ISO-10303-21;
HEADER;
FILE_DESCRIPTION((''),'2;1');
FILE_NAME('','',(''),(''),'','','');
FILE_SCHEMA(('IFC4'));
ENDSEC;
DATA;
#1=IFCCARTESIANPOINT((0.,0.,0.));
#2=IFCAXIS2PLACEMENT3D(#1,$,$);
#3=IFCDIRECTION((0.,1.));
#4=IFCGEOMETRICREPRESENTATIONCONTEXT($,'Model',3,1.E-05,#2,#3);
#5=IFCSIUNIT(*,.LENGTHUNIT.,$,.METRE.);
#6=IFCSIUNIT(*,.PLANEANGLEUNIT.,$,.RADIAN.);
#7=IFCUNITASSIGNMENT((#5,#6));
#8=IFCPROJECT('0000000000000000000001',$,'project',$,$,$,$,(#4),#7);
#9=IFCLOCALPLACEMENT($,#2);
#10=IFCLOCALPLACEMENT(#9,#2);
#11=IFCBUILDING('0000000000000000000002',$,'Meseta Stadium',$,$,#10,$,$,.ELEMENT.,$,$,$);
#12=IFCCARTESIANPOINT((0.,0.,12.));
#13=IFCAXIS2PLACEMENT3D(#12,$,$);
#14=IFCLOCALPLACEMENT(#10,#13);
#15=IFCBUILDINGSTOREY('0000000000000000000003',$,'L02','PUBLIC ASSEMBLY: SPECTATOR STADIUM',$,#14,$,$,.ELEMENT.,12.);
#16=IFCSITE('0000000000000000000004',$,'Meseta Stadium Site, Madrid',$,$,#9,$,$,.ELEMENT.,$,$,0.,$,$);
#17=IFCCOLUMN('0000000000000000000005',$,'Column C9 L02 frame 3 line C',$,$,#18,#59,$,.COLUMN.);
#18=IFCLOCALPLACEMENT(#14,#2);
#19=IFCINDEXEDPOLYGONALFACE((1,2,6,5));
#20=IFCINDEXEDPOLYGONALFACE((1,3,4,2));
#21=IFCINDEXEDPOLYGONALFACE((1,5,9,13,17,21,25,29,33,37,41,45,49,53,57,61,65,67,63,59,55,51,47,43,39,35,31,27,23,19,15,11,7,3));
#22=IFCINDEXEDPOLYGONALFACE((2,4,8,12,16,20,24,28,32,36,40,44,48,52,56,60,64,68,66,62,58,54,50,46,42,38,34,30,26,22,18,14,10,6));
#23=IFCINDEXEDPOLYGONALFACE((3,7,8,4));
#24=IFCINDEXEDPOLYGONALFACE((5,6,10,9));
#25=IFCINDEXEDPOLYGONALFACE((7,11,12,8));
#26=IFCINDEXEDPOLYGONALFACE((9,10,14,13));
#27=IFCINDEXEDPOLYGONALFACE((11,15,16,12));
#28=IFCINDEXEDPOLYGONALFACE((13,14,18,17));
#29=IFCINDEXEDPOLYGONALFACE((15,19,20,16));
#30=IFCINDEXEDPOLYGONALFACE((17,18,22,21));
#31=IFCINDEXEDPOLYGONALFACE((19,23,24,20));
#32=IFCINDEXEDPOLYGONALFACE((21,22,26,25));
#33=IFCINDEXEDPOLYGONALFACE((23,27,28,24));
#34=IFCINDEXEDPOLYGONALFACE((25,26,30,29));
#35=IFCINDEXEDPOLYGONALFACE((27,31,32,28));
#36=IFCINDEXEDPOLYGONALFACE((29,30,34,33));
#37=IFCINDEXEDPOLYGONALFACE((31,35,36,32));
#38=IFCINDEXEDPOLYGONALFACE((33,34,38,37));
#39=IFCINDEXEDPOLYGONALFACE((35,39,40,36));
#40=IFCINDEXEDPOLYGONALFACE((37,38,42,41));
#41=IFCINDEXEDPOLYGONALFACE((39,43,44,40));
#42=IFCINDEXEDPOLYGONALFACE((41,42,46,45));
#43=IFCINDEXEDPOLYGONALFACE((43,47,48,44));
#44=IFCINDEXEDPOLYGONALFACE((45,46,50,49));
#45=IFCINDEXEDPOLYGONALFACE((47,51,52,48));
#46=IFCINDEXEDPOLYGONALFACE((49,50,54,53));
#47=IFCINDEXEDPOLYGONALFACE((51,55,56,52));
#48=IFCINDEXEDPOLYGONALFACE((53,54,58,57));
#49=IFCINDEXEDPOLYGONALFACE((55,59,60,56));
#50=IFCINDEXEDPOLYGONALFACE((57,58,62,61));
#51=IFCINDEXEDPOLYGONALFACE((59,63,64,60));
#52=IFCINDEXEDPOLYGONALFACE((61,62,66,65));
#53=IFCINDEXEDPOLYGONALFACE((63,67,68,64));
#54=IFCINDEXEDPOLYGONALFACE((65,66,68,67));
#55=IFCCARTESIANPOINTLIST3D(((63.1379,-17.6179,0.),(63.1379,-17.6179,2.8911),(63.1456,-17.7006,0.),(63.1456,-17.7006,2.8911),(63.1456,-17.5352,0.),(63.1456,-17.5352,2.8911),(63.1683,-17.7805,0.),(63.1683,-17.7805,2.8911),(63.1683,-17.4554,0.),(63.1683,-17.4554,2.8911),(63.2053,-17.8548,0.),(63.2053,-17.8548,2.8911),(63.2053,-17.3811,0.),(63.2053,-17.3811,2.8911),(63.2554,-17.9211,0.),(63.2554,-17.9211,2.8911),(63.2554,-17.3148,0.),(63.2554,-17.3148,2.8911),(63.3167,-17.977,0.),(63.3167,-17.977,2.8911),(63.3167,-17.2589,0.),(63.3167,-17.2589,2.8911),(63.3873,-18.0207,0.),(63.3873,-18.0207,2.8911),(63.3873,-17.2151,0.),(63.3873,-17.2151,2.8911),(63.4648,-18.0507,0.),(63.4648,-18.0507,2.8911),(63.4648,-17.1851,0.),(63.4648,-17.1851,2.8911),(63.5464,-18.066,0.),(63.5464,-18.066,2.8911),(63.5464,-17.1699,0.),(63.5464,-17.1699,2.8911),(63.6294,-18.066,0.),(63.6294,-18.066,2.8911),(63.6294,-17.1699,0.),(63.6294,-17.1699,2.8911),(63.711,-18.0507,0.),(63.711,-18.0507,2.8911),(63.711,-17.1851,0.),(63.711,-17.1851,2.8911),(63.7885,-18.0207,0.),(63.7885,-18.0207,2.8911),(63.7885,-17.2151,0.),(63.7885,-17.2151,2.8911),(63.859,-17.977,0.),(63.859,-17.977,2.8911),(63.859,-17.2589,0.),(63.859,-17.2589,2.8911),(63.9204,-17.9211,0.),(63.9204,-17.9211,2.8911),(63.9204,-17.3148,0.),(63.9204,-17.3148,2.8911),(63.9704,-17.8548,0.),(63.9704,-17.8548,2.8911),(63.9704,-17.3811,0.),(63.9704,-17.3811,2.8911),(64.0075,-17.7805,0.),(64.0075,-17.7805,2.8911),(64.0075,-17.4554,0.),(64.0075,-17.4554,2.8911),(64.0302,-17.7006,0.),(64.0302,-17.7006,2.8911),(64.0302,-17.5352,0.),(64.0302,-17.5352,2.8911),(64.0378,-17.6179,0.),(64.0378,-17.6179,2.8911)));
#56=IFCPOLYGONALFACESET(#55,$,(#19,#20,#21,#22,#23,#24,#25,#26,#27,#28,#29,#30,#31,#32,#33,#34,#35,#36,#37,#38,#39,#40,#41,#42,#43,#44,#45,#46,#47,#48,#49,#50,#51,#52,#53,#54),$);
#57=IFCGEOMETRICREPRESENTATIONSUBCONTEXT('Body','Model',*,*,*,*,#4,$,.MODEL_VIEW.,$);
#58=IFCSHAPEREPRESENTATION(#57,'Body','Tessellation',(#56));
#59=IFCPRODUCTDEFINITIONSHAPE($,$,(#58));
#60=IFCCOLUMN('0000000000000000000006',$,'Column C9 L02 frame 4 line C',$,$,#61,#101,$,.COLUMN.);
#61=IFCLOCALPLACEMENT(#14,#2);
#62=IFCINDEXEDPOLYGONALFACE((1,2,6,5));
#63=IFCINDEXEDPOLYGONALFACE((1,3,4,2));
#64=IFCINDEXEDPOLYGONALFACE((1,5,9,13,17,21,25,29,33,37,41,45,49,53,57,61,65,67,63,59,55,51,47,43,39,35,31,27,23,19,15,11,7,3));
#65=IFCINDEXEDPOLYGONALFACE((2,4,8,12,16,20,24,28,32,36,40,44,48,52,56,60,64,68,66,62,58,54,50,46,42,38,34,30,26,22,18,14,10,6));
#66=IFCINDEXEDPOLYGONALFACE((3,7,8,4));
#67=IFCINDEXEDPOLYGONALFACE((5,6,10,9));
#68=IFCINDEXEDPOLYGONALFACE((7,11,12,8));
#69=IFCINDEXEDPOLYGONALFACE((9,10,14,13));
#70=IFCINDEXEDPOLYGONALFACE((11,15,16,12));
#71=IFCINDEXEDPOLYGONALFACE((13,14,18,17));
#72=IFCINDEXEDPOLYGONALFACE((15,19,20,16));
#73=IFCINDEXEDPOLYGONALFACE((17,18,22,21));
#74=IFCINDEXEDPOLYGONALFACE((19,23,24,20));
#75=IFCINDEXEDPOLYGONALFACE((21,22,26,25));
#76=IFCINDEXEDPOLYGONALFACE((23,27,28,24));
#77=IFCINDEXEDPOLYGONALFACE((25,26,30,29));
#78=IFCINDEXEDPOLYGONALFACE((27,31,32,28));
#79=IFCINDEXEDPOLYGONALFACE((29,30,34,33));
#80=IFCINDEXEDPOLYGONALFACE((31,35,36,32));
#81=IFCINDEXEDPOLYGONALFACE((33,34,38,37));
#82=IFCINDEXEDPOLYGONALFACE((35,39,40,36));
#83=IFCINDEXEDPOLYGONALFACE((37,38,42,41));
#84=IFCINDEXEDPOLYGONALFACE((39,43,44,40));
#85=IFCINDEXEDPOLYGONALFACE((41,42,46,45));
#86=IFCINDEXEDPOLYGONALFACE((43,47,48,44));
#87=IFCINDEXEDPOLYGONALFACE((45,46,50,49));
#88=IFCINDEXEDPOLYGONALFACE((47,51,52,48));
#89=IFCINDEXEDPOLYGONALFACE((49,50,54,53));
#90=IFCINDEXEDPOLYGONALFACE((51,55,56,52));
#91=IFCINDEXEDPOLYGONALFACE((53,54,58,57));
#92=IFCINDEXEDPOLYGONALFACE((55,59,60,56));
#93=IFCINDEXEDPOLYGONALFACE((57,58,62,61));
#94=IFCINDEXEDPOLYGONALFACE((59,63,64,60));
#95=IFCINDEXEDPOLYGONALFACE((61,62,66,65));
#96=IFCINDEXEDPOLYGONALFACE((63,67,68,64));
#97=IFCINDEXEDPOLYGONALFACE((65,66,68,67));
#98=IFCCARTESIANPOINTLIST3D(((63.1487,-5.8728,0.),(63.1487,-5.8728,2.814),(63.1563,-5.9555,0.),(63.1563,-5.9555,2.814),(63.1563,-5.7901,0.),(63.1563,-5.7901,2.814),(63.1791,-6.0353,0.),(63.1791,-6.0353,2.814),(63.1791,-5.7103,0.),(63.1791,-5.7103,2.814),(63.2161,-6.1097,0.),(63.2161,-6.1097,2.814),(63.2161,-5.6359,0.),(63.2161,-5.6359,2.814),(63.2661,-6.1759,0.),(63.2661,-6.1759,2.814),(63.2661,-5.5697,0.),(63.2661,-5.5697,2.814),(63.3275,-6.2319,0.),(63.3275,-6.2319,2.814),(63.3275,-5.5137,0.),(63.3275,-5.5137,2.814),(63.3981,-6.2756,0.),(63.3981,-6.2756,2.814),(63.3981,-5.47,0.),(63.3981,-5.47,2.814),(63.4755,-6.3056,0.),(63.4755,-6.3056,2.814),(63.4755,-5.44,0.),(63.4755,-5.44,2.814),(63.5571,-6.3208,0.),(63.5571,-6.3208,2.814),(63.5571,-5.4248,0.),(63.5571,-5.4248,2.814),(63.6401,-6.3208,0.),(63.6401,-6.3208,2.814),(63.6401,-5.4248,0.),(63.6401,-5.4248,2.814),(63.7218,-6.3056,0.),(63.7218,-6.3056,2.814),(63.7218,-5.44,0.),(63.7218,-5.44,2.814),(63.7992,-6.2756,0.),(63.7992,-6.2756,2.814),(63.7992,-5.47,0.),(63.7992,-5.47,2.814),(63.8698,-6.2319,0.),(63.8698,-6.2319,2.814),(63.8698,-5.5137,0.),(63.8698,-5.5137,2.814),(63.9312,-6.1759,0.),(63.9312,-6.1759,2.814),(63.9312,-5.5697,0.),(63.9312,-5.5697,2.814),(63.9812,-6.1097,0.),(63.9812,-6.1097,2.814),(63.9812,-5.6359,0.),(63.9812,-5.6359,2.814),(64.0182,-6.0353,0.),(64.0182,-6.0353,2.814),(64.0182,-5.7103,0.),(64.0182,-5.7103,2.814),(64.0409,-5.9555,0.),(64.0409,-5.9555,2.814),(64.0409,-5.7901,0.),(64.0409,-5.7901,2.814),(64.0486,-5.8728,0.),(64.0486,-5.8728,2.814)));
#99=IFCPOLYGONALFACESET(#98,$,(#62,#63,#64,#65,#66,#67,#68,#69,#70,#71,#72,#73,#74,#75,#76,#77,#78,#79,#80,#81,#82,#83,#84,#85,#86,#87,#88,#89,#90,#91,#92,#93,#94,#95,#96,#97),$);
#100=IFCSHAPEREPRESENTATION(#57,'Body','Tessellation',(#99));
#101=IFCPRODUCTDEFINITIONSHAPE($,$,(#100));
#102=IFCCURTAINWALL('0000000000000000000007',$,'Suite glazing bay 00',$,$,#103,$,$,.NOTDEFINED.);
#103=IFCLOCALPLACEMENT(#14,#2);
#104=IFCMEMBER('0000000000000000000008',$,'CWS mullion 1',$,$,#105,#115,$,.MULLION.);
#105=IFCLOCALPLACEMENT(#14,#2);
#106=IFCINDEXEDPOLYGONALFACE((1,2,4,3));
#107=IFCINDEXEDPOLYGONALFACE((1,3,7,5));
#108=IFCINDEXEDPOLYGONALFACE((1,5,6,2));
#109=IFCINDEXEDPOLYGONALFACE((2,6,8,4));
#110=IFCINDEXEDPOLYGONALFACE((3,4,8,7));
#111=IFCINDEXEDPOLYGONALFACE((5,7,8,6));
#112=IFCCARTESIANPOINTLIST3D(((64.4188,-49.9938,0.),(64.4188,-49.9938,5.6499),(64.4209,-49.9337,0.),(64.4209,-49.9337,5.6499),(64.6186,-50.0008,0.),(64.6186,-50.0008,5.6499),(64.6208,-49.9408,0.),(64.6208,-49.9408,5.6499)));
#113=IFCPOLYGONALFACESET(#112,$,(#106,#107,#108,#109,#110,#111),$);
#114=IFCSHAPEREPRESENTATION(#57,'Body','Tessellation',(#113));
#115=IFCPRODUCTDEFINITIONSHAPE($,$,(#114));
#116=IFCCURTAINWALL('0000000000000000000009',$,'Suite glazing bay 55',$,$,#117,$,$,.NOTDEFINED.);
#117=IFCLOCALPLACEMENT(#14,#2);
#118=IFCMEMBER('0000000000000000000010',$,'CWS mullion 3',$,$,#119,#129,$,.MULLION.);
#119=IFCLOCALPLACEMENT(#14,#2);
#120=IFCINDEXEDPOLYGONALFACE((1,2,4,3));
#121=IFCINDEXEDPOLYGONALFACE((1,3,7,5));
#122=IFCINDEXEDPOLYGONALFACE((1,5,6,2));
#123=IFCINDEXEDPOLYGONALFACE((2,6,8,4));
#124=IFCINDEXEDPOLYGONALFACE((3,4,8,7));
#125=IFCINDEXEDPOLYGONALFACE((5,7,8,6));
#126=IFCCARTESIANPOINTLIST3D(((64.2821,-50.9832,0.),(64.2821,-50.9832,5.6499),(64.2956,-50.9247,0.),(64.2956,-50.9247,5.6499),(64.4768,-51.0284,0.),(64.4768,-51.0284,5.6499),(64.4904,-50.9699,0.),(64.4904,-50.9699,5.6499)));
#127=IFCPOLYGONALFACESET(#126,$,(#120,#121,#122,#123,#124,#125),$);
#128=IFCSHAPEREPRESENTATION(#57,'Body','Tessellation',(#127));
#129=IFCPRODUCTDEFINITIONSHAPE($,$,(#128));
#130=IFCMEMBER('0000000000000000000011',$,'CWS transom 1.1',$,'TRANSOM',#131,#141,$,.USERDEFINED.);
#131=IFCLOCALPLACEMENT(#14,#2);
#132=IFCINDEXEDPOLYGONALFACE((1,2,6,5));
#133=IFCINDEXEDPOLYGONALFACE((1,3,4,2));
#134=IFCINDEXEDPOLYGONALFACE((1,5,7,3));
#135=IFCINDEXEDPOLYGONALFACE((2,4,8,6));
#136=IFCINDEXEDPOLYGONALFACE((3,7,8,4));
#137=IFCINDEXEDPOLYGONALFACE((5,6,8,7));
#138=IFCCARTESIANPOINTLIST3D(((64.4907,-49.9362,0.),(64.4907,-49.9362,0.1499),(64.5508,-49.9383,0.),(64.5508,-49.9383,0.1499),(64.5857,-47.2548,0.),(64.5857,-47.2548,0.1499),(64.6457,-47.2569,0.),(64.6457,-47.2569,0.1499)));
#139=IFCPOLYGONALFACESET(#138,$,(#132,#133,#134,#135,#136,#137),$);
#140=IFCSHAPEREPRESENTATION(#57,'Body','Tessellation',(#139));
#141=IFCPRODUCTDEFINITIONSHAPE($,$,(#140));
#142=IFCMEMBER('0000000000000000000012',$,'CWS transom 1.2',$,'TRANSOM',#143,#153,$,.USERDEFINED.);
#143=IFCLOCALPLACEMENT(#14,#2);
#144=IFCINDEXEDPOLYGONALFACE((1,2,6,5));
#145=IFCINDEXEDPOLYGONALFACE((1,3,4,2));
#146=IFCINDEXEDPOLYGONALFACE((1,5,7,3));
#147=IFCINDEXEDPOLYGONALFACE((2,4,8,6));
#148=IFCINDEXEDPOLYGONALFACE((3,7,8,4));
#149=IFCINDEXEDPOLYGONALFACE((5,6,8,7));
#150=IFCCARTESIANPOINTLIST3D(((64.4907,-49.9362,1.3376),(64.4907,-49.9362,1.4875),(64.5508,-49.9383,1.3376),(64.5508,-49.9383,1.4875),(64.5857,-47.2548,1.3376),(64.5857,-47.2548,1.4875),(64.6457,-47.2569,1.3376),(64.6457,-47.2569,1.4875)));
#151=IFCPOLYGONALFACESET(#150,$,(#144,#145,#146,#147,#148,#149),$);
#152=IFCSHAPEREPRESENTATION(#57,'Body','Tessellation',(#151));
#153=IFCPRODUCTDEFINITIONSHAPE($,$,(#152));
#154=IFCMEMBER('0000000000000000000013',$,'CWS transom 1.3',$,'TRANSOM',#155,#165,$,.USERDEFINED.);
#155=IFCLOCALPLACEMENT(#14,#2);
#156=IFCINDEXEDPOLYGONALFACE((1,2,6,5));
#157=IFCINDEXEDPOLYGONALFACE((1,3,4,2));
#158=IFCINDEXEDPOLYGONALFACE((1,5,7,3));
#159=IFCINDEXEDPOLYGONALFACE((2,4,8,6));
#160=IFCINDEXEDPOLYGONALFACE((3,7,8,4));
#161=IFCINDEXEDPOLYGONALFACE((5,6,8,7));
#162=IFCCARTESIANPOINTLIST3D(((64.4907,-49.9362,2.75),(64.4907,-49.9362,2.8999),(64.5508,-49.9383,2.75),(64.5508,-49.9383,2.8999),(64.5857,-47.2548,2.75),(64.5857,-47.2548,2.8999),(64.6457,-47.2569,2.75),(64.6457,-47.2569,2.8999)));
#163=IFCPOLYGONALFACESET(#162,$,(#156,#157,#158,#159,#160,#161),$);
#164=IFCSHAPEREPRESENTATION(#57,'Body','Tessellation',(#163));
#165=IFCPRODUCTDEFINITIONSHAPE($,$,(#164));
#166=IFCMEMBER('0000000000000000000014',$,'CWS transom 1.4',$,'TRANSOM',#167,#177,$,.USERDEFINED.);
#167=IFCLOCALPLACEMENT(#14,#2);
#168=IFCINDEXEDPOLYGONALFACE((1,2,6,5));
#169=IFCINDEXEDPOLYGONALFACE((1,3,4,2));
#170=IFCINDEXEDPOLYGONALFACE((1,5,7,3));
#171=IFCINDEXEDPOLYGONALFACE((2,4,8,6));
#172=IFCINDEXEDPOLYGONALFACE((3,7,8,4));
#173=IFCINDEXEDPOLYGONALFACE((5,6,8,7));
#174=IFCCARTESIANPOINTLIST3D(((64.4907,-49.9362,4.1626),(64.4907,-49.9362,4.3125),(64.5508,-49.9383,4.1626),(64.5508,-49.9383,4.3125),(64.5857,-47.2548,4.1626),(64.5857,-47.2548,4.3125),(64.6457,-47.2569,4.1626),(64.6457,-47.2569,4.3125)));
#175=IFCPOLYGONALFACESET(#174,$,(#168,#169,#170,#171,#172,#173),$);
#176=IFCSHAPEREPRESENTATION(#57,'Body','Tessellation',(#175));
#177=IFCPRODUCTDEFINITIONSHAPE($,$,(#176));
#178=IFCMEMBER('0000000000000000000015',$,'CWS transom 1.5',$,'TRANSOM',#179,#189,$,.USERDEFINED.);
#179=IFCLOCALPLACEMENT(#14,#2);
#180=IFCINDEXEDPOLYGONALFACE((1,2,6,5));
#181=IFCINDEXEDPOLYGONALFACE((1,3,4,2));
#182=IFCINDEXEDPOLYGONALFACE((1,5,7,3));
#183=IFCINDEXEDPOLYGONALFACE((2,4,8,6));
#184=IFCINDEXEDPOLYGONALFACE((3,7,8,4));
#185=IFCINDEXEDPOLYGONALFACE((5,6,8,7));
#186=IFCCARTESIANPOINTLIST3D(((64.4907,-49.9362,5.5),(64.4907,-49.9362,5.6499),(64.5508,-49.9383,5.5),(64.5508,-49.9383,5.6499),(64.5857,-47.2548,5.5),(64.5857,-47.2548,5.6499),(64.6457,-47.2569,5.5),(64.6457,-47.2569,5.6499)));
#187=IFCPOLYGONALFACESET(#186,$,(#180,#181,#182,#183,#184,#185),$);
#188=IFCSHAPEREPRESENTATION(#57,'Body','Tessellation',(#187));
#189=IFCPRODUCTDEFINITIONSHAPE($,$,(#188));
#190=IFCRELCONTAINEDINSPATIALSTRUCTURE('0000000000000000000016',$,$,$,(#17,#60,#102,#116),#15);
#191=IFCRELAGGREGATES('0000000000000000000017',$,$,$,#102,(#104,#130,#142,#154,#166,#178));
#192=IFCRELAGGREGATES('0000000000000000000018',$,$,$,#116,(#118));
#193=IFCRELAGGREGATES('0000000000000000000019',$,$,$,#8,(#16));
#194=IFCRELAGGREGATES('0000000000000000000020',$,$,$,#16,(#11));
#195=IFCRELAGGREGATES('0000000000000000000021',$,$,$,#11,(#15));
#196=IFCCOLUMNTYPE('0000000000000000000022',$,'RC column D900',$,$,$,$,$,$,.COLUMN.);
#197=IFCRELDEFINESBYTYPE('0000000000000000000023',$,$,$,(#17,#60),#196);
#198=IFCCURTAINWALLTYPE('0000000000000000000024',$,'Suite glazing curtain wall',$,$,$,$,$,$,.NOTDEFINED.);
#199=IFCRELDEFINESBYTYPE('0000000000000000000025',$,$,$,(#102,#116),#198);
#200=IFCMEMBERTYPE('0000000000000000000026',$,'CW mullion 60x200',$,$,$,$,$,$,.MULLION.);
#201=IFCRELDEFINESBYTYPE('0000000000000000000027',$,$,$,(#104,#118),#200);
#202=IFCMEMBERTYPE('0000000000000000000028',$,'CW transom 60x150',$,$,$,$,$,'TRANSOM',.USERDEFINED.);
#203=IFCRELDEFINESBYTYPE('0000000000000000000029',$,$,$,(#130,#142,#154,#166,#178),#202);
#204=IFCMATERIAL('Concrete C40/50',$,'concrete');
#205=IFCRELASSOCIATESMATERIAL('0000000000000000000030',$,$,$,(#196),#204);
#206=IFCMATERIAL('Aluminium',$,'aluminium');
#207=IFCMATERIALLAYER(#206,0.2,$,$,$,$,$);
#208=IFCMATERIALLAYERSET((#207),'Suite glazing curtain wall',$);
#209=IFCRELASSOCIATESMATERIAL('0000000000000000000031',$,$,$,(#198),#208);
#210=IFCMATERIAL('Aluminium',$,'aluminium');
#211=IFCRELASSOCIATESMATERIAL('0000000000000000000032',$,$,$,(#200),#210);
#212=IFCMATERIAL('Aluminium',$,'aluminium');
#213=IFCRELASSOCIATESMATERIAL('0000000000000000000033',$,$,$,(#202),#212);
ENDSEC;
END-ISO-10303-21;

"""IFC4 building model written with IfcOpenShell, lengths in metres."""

from ifc_helpers import new_model, si_unit, direction, frame, origin, origin_2d, place, context, subcontext, project, spatial, rectangle, circle, extrude, material, layer, layer_set, material_profile, profile_set, type_object, element, aggregate, save


model = new_model("IFC4")

# Units and contexts
model_context = context("Model", 3, precision=1e-05, world=origin(), true_north=direction((0.0, 1.0)))
body_context = subcontext(model_context, "Body", "Model", "MODEL_VIEW")
ifc_project = project(units=[si_unit("LENGTHUNIT", "METRE"), si_unit("PLANEANGLEUNIT", "RADIAN")], contexts=[model_context])

# Site, building, storey
site_placement = place(None, origin())
site = spatial("IfcSite", under=ifc_project, at=site_placement, Name="Meseta Stadium Site, Madrid", CompositionType="ELEMENT", RefElevation=0.0)
building_placement = place(site_placement, origin())
building = spatial("IfcBuilding", under=site, at=building_placement, Name="Meseta Stadium", CompositionType="ELEMENT")
storey_placement = place(building_placement, frame((0.0, 0.0, 12.0)))
storey = spatial("IfcBuildingStorey", under=building, at=storey_placement, Name="L02", Description="PUBLIC ASSEMBLY: SPECTATOR STADIUM", CompositionType="ELEMENT", Elevation=12.0)

# Columns
ifc_material_1 = material(Name="Concrete C40/50", Category="concrete")
ifc_material_profile_1 = material_profile(ifc_material_1, circle(Radius=0.45, at=origin_2d()), Name="RC D900")
ifc_profile_set_1 = profile_set([ifc_material_profile_1], Name="Concrete C40/50")
column_type_1 = type_object("IfcColumnType", Name="RC column D900", PredefinedType="COLUMN", material=ifc_profile_set_1)
column_1_placement = place(storey_placement, frame((63.5879, -17.6179, 0.0), z_axis=(0.0, 0.0, 1.0), x_axis=(1.0, 0.0, 0.0)))
element("IfcColumn", 1, at=column_1_placement, inside=storey, type_object=column_type_1, Name="Column C9 L02 frame 3 line C", PredefinedType="COLUMN", context=body_context, shape_type="SweptSolid", body=[
    extrude(circle(Radius=0.45, at=origin_2d()), origin(), (0.0, 0.0, 1.0), 2.8911),
])
column_2_placement = place(storey_placement, frame((63.5986, -5.8728, 0.0), z_axis=(0.0, 0.0, 1.0), x_axis=(1.0, 0.0, 0.0)))
element("IfcColumn", 2, at=column_2_placement, inside=storey, type_object=column_type_1, Name="Column C9 L02 frame 4 line C", PredefinedType="COLUMN", context=body_context, shape_type="SweptSolid", body=[
    extrude(circle(Radius=0.45, at=origin_2d()), origin(), (0.0, 0.0, 1.0), 2.814),
])

# Curtain walls, members
ifc_material_2 = material(Name="Aluminium", Category="aluminium")
ifc_layer_1 = layer(ifc_material_2, 0.2)
ifc_layer_set_1 = layer_set([ifc_layer_1], Name="Suite glazing curtain wall")
curtain_wall_type = type_object("IfcCurtainWallType", Name="Suite glazing curtain wall", PredefinedType="NOTDEFINED", material=ifc_layer_set_1)
curtain_wall_1_placement = place(storey_placement, origin())
curtain_wall_1 = element("IfcCurtainWall", 3, at=curtain_wall_1_placement, inside=storey, type_object=curtain_wall_type, Name="Suite glazing bay 00", PredefinedType="NOTDEFINED")
ifc_material_3 = material(Name="Aluminium", Category="aluminium")
ifc_material_profile_2 = material_profile(ifc_material_3, rectangle(XDim=0.2, YDim=0.0601, at=origin_2d()), Name="CW 200x60")
ifc_profile_set_2 = profile_set([ifc_material_profile_2], Name="Aluminium")
member_type_1 = type_object("IfcMemberType", Name="CW mullion 60x200", PredefinedType="MULLION", material=ifc_profile_set_2)
member_1_placement = place(storey_placement, frame((64.5198, -49.9673, 0.0), z_axis=(0.0, 0.0, 1.0), x_axis=(-0.999374, 0.035371, 0.0)))
member_1 = element("IfcMember", 4, at=member_1_placement, type_object=member_type_1, Name="CWS mullion 1", PredefinedType="MULLION", context=body_context, shape_type="SweptSolid", body=[
    extrude(rectangle(XDim=0.2, YDim=0.0601, at=origin_2d()), origin(), (0.0, 0.0, 1.0), 5.6499),
])
curtain_wall_2_placement = place(storey_placement, origin())
curtain_wall_2 = element("IfcCurtainWall", 5, at=curtain_wall_2_placement, inside=storey, type_object=curtain_wall_type, Name="Suite glazing bay 55", PredefinedType="NOTDEFINED")
member_2_placement = place(storey_placement, frame((64.3862, -50.9766, 0.0), z_axis=(0.0, 0.0, 1.0), x_axis=(-0.974093, 0.226148, 0.0)))
member_2 = element("IfcMember", 6, at=member_2_placement, type_object=member_type_1, Name="CWS mullion 3", PredefinedType="MULLION", context=body_context, shape_type="SweptSolid", body=[
    extrude(rectangle(XDim=0.2, YDim=0.0601, at=origin_2d()), origin(), (0.0, 0.0, 1.0), 5.6499),
])

# Members
ifc_material_4 = material(Name="Aluminium", Category="aluminium")
ifc_material_profile_3 = material_profile(ifc_material_4, rectangle(XDim=0.0601, YDim=0.1499, at=origin_2d()), Name="CW 60x150")
ifc_profile_set_3 = profile_set([ifc_material_profile_3], Name="Aluminium")
member_type_2 = type_object("IfcMemberType", Name="CW transom 60x150", ElementType="TRANSOM", PredefinedType="USERDEFINED", material=ifc_profile_set_3)
member_3_placement = place(storey_placement, frame((64.5208, -49.9373, 0.075), z_axis=(0.035396, 0.999373, 0.0), x_axis=(-0.999373, 0.035396, 0.0)))
member_3 = element("IfcMember", 7, at=member_3_placement, type_object=member_type_2, Name="CWS transom 1.1", ObjectType="TRANSOM", PredefinedType="USERDEFINED", context=body_context, shape_type="SweptSolid", body=[
    extrude(rectangle(XDim=0.0601, YDim=0.1499, at=origin_2d()), origin(), (0.0, 0.0, 1.0), 2.6831),
])
member_4_placement = place(storey_placement, frame((64.5208, -49.9373, 1.4126), z_axis=(0.035396, 0.999373, 0.0), x_axis=(-0.999373, 0.035396, 0.0)))
member_4 = element("IfcMember", 8, at=member_4_placement, type_object=member_type_2, Name="CWS transom 1.2", ObjectType="TRANSOM", PredefinedType="USERDEFINED", context=body_context, shape_type="SweptSolid", body=[
    extrude(rectangle(XDim=0.0601, YDim=0.1499, at=origin_2d()), origin(), (0.0, 0.0, 1.0), 2.6831),
])
member_5_placement = place(storey_placement, frame((64.5208, -49.9373, 2.825), z_axis=(0.035396, 0.999373, 0.0), x_axis=(-0.999373, 0.035396, 0.0)))
member_5 = element("IfcMember", 9, at=member_5_placement, type_object=member_type_2, Name="CWS transom 1.3", ObjectType="TRANSOM", PredefinedType="USERDEFINED", context=body_context, shape_type="SweptSolid", body=[
    extrude(rectangle(XDim=0.0601, YDim=0.1499, at=origin_2d()), origin(), (0.0, 0.0, 1.0), 2.6831),
])
member_6_placement = place(storey_placement, frame((64.5208, -49.9373, 4.2375), z_axis=(0.035396, 0.999373, 0.0), x_axis=(-0.999373, 0.035396, 0.0)))
member_6 = element("IfcMember", 10, at=member_6_placement, type_object=member_type_2, Name="CWS transom 1.4", ObjectType="TRANSOM", PredefinedType="USERDEFINED", context=body_context, shape_type="SweptSolid", body=[
    extrude(rectangle(XDim=0.0601, YDim=0.1499, at=origin_2d()), origin(), (0.0, 0.0, 1.0), 2.6831),
])
member_7_placement = place(storey_placement, frame((64.5208, -49.9373, 5.575), z_axis=(0.035396, 0.999373, 0.0), x_axis=(-0.999373, 0.035396, 0.0)))
member_7 = element("IfcMember", 11, at=member_7_placement, type_object=member_type_2, Name="CWS transom 1.5", ObjectType="TRANSOM", PredefinedType="USERDEFINED", context=body_context, shape_type="SweptSolid", body=[
    extrude(rectangle(XDim=0.0601, YDim=0.1499, at=origin_2d()), origin(), (0.0, 0.0, 1.0), 2.6831),
])

aggregate(curtain_wall_1, [member_1, member_3, member_4, member_5, member_6, member_7])
aggregate(curtain_wall_2, [member_2])

save(model, "model.ifc")
